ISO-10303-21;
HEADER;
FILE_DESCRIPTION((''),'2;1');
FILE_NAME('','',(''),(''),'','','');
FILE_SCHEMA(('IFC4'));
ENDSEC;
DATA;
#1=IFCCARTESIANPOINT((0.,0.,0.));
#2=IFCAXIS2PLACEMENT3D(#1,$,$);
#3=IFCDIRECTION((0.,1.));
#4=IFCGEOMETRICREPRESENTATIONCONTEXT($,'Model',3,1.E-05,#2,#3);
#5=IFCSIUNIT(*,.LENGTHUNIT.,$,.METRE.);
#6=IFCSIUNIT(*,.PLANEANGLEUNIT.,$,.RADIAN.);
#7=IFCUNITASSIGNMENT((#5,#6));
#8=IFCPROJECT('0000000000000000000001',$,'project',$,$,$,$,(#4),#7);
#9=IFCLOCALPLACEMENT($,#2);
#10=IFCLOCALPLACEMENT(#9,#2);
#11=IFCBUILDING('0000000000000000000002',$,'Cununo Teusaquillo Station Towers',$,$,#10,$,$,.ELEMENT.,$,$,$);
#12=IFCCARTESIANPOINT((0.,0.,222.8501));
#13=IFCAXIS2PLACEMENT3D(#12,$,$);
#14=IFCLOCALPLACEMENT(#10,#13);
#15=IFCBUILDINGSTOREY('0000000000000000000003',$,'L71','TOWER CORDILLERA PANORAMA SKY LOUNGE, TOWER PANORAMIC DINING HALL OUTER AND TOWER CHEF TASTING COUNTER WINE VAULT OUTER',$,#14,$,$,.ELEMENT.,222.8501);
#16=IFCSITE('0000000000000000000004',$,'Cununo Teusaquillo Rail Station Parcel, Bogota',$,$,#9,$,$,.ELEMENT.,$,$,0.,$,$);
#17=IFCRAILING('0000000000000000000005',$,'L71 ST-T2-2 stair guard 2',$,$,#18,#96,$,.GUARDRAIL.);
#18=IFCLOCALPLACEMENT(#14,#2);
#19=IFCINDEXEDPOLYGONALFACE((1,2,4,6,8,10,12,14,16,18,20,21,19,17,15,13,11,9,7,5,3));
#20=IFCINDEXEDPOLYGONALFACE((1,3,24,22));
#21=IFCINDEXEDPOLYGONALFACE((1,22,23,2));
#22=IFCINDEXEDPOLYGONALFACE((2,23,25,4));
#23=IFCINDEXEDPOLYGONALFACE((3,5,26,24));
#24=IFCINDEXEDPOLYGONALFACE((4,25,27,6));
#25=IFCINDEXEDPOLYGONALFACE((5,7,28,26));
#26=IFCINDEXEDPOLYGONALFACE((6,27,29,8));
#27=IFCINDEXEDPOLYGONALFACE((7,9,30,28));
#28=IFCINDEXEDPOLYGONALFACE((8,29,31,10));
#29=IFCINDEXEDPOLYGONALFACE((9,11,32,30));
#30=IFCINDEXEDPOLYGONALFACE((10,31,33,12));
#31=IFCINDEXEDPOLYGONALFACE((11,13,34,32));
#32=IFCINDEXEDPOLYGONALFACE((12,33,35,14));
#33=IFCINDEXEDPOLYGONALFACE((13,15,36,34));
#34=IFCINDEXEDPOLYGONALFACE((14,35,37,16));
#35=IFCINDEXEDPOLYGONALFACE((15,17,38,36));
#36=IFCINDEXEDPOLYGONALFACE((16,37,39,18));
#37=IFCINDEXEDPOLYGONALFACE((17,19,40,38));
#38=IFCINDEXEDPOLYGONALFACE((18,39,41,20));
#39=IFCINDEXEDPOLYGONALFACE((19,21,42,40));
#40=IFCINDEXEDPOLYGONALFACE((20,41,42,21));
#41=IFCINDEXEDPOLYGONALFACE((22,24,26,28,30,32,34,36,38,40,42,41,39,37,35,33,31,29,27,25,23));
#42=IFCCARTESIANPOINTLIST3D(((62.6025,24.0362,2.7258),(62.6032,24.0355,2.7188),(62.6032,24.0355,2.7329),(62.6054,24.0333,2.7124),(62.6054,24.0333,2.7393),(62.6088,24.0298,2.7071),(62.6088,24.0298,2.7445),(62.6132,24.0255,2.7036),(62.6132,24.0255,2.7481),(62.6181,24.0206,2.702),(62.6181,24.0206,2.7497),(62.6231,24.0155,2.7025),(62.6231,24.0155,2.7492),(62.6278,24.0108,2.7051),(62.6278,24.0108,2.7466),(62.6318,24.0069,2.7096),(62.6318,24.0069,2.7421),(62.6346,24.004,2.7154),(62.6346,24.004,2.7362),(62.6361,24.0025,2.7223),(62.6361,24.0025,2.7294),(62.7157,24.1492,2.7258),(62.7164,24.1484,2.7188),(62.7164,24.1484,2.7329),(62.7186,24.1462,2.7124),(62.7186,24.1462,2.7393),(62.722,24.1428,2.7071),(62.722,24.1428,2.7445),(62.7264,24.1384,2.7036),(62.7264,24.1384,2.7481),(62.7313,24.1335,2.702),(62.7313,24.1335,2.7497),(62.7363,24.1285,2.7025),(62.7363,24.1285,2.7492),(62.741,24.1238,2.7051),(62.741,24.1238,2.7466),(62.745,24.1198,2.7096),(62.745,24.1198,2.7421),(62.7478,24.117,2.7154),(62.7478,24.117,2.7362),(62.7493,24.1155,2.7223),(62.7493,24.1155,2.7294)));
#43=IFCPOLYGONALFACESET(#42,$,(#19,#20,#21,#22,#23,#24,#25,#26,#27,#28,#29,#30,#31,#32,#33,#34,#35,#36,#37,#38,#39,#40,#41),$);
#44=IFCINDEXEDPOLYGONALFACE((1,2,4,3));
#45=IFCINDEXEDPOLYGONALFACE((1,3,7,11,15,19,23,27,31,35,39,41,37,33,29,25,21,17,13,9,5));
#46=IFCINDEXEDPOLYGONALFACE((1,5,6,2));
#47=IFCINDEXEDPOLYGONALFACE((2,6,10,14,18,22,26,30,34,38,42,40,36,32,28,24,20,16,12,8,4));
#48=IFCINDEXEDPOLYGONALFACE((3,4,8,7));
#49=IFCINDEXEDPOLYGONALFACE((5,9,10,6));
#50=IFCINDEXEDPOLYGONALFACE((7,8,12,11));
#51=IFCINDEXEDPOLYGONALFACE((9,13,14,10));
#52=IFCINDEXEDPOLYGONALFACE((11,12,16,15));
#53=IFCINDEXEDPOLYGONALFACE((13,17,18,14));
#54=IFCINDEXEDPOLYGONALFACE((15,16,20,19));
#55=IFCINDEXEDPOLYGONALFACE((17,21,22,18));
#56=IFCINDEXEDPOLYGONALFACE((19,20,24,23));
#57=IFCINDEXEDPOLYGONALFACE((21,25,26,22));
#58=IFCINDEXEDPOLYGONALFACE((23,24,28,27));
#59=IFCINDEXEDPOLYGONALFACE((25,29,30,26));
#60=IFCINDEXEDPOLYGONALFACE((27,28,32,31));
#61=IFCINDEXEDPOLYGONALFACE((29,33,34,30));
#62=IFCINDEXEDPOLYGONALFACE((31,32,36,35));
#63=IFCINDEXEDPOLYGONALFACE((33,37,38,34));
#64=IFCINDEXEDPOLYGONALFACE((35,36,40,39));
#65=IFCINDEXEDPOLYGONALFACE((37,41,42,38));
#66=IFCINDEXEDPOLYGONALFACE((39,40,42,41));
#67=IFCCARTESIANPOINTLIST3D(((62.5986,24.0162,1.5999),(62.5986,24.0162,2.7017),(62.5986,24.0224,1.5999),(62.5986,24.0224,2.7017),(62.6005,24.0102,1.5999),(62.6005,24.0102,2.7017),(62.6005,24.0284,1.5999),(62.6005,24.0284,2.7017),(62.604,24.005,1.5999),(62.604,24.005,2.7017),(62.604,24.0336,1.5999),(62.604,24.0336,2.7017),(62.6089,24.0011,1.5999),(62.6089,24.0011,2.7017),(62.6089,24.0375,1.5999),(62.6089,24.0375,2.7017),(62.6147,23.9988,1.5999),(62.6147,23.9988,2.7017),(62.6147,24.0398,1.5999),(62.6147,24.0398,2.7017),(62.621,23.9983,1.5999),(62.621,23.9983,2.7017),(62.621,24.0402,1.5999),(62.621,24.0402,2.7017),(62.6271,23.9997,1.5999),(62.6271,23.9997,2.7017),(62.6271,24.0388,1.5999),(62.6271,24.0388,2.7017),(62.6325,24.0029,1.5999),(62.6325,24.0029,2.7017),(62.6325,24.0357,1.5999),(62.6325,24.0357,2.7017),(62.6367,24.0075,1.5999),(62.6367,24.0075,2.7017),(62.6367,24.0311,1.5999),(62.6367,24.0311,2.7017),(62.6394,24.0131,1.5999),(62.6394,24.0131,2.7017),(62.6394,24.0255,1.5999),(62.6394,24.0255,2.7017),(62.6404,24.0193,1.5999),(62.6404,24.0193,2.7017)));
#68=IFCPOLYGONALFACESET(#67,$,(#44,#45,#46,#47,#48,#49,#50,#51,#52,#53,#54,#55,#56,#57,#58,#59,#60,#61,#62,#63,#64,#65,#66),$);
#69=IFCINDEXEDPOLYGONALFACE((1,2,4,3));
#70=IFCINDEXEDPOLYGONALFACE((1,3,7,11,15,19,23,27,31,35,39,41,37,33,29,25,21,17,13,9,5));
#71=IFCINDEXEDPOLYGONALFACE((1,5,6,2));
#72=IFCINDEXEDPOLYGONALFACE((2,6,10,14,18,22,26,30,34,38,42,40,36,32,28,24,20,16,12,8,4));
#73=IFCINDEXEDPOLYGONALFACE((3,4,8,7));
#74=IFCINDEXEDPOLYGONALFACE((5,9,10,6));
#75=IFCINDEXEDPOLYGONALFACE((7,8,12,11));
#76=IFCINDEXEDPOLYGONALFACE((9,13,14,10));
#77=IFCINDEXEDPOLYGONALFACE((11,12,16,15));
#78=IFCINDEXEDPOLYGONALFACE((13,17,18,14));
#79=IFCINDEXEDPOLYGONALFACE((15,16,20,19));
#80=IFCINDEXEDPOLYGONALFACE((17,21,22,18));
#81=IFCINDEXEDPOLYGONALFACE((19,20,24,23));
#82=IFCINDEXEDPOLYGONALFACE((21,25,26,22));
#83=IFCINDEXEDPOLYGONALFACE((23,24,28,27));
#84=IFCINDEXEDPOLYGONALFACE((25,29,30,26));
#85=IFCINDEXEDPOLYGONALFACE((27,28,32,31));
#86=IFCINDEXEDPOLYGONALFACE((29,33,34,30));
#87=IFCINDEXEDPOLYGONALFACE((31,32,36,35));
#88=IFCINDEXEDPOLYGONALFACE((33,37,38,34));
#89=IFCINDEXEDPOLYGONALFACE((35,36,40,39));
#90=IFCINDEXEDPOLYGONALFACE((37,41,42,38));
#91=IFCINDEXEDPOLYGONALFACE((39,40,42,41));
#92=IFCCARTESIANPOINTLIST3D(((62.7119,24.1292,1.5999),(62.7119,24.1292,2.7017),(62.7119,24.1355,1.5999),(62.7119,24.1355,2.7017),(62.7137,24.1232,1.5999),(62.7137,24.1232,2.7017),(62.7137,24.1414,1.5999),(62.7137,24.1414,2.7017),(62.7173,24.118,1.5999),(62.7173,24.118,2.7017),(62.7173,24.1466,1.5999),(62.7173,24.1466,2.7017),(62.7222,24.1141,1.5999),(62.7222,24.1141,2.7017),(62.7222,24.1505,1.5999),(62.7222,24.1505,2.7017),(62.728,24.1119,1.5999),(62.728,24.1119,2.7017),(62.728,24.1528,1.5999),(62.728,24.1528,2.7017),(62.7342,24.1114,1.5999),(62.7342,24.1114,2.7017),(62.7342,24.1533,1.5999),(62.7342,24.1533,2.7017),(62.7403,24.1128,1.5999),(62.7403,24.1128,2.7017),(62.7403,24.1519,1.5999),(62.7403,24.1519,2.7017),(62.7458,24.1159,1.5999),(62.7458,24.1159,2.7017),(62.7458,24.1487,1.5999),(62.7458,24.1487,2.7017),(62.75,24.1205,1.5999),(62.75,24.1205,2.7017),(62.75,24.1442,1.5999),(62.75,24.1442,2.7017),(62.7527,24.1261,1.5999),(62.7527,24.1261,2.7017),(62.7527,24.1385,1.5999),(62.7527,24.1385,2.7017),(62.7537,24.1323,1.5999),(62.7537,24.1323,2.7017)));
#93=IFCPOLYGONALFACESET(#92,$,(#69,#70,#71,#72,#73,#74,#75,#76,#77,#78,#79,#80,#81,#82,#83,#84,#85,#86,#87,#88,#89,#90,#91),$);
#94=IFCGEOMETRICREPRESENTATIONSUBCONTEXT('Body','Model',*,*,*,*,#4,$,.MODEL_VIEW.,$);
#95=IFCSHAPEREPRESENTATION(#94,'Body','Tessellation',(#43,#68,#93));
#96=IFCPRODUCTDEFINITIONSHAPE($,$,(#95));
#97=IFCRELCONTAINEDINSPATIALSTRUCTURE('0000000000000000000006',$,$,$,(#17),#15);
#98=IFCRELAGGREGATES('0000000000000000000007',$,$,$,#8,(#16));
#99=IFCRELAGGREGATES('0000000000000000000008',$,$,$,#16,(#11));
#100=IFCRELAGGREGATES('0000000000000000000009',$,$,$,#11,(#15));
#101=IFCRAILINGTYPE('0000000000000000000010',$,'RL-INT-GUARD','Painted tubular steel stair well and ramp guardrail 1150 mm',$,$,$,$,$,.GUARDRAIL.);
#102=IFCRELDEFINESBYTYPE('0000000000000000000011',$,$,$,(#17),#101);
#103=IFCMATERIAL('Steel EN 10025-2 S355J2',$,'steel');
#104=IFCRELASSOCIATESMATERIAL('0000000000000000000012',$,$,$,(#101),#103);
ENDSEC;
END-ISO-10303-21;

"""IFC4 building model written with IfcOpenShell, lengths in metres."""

from ifc_helpers import new_model, si_unit, direction, frame, origin, origin_2d, place, context, subcontext, project, spatial, circle, extrude, material, type_object, element, save


model = new_model("IFC4")

# Units and contexts
model_context = context("Model", 3, precision=1e-05, world=origin(), true_north=direction((0.0, 1.0)))
body_context = subcontext(model_context, "Body", "Model", "MODEL_VIEW")
ifc_project = project(units=[si_unit("LENGTHUNIT", "METRE"), si_unit("PLANEANGLEUNIT", "RADIAN")], contexts=[model_context])

# Site, building, storey
site_placement = place(None, origin())
site = spatial("IfcSite", under=ifc_project, at=site_placement, Name="Cununo Teusaquillo Rail Station Parcel, Bogota", CompositionType="ELEMENT", RefElevation=0.0)
building_placement = place(site_placement, origin())
building = spatial("IfcBuilding", under=site, at=building_placement, Name="Cununo Teusaquillo Station Towers", CompositionType="ELEMENT")
storey_placement = place(building_placement, frame((0.0, 0.0, 222.8501)))
storey = spatial("IfcBuildingStorey", under=building, at=storey_placement, Name="L71", Description="TOWER CORDILLERA PANORAMA SKY LOUNGE, TOWER PANORAMIC DINING HALL OUTER AND TOWER CHEF TASTING COUNTER WINE VAULT OUTER", CompositionType="ELEMENT", Elevation=222.8501)

# Railing
ifc_material_1 = material(Name="Steel EN 10025-2 S355J2", Category="steel")
railing_type_1 = type_object("IfcRailingType", Name="RL-INT-GUARD", Description="Painted tubular steel stair well and ramp guardrail 1150 mm", PredefinedType="GUARDRAIL", material=ifc_material_1)
railing_1_placement = place(storey_placement, frame((62.6194, 24.0193, 1.5999)))
element("IfcRailing", 1, at=railing_1_placement, inside=storey, type_object=railing_type_1, Name="L71 ST-T2-2 stair guard 2", PredefinedType="GUARDRAIL", context=body_context, shape_type="SweptSolid", body=[
    extrude(circle(Radius=0.0239, at=origin_2d()), frame((0.0, 0.0, 1.126), z_axis=(0.707869, 0.706344, 0.0), x_axis=(-0.706344, 0.707869, 0.0)), (0.0, 0.0, 1.0), 0.1599),
    extrude(circle(Radius=0.021, at=origin_2d()), origin(), (0.0, 0.0, 1.0), 1.1018),
    extrude(circle(Radius=0.021, at=origin_2d()), frame((0.1133, 0.113, 0.0)), (0.0, 0.0, 1.0), 1.1018),
])

save(model, "model.ifc")
